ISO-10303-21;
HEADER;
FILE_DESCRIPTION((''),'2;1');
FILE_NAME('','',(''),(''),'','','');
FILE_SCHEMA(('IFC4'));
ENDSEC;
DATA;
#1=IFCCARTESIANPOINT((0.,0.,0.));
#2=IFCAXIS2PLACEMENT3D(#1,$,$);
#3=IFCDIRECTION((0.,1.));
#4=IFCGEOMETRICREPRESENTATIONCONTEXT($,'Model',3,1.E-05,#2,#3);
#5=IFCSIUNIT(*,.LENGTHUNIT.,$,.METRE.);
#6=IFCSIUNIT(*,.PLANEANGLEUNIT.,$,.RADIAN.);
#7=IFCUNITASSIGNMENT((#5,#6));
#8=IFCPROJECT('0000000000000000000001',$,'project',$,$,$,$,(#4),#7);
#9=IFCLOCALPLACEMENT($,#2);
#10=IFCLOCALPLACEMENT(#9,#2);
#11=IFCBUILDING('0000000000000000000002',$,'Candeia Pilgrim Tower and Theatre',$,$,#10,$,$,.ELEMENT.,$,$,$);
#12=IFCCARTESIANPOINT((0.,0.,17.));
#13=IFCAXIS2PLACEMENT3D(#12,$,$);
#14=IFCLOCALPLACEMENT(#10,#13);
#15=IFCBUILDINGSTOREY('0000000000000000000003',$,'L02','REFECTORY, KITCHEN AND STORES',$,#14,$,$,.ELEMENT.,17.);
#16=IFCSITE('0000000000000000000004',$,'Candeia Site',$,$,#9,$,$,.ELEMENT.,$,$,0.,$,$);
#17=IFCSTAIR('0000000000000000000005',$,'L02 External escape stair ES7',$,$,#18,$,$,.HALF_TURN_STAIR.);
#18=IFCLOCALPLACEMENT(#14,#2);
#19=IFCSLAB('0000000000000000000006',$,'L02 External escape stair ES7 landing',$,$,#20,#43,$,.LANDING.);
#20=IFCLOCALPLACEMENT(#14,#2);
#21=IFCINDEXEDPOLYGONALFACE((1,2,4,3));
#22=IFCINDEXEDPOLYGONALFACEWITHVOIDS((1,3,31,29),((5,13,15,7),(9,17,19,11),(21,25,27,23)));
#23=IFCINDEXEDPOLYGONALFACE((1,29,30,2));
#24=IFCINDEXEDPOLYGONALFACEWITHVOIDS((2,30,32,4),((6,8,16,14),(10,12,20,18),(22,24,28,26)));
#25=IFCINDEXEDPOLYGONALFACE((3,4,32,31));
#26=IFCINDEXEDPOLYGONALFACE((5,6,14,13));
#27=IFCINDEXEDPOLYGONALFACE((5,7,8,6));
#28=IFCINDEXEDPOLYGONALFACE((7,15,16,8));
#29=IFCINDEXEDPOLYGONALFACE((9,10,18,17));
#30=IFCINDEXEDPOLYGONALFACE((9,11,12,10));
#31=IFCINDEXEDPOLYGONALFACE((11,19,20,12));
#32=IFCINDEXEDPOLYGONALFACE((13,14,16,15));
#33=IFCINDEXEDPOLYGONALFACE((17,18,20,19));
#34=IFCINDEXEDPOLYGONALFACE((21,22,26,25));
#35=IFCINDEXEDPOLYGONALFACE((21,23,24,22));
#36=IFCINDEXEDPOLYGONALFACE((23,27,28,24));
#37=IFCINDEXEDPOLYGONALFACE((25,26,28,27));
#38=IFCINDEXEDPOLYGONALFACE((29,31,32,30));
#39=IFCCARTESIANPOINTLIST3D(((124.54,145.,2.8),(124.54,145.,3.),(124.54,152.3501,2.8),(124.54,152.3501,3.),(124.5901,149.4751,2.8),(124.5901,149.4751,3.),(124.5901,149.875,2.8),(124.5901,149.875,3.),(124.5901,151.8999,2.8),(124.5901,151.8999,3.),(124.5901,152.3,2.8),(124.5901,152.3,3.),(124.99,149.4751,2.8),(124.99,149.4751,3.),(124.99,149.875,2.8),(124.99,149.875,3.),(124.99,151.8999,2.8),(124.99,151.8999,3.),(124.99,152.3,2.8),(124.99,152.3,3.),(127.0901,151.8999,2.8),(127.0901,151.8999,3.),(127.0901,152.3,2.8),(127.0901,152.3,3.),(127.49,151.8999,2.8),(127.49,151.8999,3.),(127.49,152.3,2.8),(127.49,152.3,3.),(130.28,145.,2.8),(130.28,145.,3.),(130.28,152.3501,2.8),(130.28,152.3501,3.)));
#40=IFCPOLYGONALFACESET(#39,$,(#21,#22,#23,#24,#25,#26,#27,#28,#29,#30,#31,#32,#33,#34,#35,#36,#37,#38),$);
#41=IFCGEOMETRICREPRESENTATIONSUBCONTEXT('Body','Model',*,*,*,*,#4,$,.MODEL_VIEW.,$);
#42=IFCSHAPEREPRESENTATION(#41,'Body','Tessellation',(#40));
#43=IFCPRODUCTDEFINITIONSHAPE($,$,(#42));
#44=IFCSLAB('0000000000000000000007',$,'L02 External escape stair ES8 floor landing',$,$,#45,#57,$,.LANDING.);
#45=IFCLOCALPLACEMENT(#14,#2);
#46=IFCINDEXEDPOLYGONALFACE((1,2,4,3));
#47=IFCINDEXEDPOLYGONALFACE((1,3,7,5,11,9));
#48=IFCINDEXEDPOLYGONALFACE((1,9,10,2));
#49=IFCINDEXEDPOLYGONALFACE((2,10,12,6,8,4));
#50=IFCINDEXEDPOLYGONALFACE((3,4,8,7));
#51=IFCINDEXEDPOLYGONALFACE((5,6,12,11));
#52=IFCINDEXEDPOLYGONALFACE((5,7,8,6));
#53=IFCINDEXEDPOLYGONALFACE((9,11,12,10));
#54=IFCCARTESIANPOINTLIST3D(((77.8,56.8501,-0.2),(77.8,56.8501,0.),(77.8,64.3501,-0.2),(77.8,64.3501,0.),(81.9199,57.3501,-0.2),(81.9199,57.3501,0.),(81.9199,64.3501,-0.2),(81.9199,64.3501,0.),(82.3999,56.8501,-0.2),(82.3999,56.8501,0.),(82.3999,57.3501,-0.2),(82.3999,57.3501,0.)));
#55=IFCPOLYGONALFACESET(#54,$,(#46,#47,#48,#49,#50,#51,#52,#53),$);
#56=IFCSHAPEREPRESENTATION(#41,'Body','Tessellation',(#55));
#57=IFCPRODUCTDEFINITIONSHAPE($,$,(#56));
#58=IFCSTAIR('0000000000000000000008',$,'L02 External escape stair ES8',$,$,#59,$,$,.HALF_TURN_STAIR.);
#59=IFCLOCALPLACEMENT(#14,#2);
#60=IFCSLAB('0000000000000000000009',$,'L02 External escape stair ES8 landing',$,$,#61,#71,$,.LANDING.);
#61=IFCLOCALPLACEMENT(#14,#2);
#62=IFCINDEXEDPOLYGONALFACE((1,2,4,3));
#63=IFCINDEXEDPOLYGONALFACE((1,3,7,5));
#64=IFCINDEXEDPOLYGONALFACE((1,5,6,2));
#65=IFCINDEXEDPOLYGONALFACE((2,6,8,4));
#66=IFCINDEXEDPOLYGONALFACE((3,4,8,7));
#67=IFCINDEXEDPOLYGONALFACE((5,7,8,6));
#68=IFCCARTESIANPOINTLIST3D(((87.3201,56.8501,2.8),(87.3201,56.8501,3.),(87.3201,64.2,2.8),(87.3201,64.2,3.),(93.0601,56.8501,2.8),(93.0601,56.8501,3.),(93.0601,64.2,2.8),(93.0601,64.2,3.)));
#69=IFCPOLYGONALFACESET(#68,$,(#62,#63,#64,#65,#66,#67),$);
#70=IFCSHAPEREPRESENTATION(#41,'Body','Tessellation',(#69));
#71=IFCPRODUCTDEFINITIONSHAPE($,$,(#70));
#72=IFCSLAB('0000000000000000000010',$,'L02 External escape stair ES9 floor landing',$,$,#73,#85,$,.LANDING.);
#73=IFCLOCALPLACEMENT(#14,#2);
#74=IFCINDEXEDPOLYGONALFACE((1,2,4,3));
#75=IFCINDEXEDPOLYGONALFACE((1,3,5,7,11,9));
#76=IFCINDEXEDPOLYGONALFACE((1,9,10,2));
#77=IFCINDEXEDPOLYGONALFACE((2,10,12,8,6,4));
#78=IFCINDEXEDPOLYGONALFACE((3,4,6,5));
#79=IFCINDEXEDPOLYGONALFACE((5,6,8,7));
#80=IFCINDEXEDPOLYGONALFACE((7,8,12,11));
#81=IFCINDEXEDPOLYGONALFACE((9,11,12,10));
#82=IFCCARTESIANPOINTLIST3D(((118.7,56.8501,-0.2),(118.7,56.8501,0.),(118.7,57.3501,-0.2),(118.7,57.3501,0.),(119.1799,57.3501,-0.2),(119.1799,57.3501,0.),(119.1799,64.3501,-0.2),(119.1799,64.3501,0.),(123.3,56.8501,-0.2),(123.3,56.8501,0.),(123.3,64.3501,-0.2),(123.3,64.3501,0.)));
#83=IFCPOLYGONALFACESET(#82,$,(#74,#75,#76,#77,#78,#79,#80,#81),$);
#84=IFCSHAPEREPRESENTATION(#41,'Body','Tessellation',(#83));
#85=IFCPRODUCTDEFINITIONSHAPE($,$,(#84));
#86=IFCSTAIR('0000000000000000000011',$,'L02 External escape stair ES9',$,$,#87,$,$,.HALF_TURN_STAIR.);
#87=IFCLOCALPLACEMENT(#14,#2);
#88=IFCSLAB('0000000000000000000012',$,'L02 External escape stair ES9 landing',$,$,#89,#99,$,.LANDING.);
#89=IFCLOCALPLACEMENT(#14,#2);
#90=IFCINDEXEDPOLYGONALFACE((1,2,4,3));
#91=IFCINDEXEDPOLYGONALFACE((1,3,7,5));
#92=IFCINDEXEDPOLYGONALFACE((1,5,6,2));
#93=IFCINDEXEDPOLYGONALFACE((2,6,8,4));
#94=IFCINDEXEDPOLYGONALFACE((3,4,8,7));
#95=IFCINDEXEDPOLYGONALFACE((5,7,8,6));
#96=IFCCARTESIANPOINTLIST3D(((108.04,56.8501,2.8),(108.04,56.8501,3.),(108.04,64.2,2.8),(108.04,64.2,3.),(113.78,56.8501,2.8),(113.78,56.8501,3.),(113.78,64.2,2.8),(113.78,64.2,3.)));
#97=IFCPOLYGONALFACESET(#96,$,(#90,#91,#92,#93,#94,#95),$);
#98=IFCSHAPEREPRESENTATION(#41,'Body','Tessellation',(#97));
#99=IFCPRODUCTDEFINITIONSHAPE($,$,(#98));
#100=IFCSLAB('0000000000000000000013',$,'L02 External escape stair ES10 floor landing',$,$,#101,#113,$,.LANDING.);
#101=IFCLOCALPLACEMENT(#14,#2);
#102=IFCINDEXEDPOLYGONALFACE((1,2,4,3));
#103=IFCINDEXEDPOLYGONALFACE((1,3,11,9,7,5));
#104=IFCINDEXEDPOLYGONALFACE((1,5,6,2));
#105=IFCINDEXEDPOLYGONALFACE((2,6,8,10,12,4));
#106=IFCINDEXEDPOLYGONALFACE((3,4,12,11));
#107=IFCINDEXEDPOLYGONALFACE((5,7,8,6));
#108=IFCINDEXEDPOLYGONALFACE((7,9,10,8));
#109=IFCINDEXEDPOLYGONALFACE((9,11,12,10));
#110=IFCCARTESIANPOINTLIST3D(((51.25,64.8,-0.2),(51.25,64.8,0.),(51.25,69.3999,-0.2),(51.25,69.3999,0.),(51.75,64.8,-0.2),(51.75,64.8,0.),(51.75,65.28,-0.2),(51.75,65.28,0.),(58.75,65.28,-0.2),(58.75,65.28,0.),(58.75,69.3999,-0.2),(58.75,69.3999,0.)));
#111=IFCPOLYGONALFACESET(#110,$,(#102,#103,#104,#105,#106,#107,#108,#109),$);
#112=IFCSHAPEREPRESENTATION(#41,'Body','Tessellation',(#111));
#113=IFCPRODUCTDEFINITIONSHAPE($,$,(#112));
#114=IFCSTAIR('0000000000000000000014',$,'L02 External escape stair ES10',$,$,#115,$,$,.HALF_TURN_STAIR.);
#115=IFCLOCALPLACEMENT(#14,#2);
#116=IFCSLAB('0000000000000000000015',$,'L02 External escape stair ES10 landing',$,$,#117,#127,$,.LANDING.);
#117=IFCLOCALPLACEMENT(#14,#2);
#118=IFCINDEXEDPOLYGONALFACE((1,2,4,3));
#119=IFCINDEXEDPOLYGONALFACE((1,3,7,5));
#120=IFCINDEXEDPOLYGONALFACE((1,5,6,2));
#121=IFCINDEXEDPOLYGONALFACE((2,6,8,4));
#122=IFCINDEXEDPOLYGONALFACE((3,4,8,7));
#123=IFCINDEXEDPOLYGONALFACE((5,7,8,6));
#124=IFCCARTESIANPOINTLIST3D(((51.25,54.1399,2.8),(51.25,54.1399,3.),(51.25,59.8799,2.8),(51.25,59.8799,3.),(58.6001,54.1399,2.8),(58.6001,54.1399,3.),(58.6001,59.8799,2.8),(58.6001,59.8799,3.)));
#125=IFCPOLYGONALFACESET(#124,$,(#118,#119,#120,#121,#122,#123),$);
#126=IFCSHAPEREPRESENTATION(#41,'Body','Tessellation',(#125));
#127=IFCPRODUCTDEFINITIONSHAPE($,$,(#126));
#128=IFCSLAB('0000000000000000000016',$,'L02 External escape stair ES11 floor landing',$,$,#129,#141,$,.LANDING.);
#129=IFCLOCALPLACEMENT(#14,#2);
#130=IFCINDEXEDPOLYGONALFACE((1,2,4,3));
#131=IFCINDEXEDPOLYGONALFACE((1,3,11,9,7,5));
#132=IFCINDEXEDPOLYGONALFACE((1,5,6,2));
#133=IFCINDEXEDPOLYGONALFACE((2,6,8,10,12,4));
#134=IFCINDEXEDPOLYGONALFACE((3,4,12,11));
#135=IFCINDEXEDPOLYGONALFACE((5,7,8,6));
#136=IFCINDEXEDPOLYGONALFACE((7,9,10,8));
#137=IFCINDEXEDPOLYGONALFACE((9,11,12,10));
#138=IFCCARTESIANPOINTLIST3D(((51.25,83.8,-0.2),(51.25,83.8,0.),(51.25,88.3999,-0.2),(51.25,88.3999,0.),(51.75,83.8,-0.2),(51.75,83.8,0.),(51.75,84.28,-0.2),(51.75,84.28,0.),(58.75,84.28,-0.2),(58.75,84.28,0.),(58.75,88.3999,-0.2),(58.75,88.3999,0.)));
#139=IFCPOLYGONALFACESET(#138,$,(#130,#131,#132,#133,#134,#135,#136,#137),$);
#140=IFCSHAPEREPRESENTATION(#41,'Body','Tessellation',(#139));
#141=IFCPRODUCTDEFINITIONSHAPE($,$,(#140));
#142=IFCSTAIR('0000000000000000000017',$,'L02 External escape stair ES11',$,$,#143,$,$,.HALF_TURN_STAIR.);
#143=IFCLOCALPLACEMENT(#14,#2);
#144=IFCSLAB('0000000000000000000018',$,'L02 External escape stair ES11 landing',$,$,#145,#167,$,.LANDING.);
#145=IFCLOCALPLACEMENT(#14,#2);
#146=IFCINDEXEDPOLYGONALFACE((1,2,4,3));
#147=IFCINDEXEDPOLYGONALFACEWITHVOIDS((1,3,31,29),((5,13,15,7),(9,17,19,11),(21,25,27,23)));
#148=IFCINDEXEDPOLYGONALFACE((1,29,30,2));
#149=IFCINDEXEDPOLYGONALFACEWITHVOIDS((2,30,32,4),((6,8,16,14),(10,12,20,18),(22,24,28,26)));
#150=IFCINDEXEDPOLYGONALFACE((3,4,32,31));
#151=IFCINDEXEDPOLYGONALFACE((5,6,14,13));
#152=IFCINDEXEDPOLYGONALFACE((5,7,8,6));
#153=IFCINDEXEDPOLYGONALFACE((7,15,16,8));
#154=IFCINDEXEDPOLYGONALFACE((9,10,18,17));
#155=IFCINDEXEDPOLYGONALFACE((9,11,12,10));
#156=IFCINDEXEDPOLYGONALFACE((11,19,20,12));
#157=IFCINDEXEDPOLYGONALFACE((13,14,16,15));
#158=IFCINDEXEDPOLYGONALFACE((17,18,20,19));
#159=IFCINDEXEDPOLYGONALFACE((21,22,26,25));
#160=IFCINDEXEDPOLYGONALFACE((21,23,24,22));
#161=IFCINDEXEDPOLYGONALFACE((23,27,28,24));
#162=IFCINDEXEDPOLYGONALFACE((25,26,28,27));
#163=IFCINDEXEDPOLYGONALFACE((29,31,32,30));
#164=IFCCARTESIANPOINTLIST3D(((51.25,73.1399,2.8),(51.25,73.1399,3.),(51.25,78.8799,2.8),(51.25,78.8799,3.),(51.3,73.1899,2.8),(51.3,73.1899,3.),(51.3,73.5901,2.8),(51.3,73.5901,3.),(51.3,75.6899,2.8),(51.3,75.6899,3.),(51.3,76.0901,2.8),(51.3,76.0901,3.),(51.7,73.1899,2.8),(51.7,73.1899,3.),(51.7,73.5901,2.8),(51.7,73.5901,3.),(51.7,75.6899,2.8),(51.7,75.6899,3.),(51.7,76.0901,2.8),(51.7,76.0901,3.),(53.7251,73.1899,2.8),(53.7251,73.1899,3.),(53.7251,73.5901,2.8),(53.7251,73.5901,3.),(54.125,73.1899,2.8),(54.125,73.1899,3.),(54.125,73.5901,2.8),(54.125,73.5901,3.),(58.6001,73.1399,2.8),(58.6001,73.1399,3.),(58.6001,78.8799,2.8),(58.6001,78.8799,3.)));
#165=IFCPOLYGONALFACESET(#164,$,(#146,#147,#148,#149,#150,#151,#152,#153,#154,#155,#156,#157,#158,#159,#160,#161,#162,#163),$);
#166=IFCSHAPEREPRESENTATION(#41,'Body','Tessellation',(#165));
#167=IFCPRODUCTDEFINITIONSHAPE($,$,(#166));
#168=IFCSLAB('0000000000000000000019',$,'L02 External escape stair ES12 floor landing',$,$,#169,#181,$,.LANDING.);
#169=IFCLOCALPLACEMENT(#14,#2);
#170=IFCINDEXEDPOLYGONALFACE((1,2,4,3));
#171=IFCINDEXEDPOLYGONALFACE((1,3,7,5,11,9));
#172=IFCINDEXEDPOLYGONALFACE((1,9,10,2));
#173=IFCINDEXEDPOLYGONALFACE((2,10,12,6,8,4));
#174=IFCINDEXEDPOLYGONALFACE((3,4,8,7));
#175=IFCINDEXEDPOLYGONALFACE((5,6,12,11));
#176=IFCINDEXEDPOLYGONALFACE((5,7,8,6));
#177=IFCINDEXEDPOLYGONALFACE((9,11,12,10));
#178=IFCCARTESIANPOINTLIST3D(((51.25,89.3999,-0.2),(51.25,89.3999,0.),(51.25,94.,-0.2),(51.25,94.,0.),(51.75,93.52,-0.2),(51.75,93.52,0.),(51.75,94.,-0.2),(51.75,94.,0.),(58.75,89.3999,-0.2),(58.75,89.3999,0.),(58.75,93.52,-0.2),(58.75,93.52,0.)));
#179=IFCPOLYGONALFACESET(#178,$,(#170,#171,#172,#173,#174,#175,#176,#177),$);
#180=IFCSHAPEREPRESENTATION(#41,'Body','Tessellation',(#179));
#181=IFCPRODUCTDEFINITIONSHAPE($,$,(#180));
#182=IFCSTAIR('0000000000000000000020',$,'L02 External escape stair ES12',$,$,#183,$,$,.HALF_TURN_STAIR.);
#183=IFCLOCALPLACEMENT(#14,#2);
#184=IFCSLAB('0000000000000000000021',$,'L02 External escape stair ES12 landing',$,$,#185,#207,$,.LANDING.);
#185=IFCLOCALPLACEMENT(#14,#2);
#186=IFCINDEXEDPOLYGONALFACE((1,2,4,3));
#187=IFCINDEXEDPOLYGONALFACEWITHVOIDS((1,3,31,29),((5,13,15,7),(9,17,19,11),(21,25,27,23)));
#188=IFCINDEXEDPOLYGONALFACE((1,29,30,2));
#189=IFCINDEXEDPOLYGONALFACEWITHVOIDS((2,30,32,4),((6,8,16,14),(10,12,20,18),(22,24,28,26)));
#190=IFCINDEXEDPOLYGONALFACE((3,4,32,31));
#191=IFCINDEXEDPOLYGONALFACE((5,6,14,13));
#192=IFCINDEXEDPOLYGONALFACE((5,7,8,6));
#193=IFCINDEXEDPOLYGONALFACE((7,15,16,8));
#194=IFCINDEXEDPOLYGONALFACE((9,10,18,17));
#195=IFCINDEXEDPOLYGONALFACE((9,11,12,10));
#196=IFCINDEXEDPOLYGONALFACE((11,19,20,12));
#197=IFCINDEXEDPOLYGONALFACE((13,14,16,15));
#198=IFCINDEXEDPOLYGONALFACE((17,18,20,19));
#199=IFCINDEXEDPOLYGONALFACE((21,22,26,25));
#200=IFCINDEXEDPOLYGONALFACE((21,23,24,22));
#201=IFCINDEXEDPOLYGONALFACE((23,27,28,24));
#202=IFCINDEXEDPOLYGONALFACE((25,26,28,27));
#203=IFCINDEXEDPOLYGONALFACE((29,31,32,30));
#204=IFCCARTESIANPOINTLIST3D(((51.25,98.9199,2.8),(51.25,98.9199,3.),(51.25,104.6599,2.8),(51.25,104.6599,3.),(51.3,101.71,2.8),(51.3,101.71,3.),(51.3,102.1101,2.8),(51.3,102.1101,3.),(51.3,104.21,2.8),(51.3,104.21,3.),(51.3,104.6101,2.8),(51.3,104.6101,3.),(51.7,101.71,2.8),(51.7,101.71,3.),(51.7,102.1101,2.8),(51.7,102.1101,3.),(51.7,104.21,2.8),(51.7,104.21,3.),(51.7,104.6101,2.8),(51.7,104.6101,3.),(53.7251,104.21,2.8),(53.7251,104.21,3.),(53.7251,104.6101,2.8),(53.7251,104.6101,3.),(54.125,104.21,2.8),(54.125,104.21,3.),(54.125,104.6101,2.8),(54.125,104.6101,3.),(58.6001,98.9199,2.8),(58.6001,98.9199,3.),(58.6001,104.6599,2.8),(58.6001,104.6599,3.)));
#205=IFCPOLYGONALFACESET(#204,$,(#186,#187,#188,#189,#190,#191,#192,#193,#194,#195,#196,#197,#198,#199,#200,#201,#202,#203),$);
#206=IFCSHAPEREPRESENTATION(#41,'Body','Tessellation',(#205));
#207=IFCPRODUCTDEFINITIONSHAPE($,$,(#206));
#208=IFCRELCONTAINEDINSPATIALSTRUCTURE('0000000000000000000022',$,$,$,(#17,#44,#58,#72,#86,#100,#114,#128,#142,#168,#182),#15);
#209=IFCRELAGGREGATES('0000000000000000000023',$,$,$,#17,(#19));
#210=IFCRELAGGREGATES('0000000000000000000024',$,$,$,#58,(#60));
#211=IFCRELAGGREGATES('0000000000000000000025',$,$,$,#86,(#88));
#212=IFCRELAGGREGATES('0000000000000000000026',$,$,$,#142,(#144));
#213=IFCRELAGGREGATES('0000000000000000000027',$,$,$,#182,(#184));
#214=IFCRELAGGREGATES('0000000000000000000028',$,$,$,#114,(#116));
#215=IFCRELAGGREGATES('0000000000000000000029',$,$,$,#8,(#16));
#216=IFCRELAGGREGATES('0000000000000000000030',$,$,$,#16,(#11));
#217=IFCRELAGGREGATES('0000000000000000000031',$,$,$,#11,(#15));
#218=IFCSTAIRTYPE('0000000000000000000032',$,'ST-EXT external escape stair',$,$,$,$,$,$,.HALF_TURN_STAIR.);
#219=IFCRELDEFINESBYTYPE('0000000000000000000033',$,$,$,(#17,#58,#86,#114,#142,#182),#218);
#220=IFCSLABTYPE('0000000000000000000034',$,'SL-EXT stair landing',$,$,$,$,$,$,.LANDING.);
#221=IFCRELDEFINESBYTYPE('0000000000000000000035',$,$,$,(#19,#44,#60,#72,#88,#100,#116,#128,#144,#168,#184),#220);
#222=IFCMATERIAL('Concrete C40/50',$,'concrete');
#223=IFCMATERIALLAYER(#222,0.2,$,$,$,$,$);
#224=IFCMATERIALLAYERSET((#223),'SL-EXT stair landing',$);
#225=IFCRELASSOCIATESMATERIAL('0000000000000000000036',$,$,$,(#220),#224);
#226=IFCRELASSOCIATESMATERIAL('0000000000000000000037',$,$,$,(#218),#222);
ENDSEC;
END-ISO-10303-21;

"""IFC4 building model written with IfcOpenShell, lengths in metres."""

from ifc_helpers import new_model, si_unit, direction, frame, origin, place, context, subcontext, project, spatial, polyline, outline, extrude, material, layer, layer_set, type_object, element, aggregate, save


model = new_model("IFC4")

# Units and contexts
model_context = context("Model", 3, precision=1e-05, world=origin(), true_north=direction((0.0, 1.0)))
body_context = subcontext(model_context, "Body", "Model", "MODEL_VIEW")
ifc_project = project(units=[si_unit("LENGTHUNIT", "METRE"), si_unit("PLANEANGLEUNIT", "RADIAN")], contexts=[model_context])

# Site, building, storey
site_placement = place(None, origin())
site = spatial("IfcSite", under=ifc_project, at=site_placement, Name="Candeia Site", CompositionType="ELEMENT", RefElevation=0.0)
building_placement = place(site_placement, origin())
building = spatial("IfcBuilding", under=site, at=building_placement, Name="Candeia Pilgrim Tower and Theatre", CompositionType="ELEMENT")
storey_placement = place(building_placement, frame((0.0, 0.0, 17.0)))
storey = spatial("IfcBuildingStorey", under=building, at=storey_placement, Name="L02", Description="REFECTORY, KITCHEN AND STORES", CompositionType="ELEMENT", Elevation=17.0)

# Shared definitions
ifc_material_1 = material(Name="Concrete C40/50", Category="concrete")

# Shared definitions
ifc_layer = layer(ifc_material_1, 0.2)
ifc_layer_set = layer_set([ifc_layer], Name="SL-EXT stair landing")
slab_type = type_object("IfcSlabType", Name="SL-EXT stair landing", PredefinedType="LANDING", material=ifc_layer_set)

# Shared definitions
stair_type = type_object("IfcStairType", Name="ST-EXT external escape stair", PredefinedType="HALF_TURN_STAIR", material=ifc_material_1)

# Stair, slab
stair_1_placement = place(storey_placement, origin())
stair_1 = element("IfcStair", 1, at=stair_1_placement, inside=storey, type_object=stair_type, Name="L02 External escape stair ES7", PredefinedType="HALF_TURN_STAIR")
slab_1_placement = place(storey_placement, frame((0.0, 0.0, 2.8)))
slab_1 = element("IfcSlab", 2, at=slab_1_placement, type_object=slab_type, Name="L02 External escape stair ES7 landing", PredefinedType="LANDING", context=body_context, shape_type="SweptSolid", body=[
    extrude(outline(polyline([(130.28, 145.0), (124.54, 145.0), (124.54, 152.3501), (130.28, 152.3501), (130.28, 145.0)]), holes=[polyline([(127.0901, 151.8999), (127.49, 151.8999), (127.49, 152.3), (127.0901, 152.3), (127.0901, 151.8999)]), polyline([(124.5901, 151.8999), (124.99, 151.8999), (124.99, 152.3), (124.5901, 152.3), (124.5901, 151.8999)]), polyline([(124.5901, 149.4751), (124.99, 149.4751), (124.99, 149.875), (124.5901, 149.875), (124.5901, 149.4751)])]), origin(), (0.0, 0.0, 1.0), 0.2),
])
aggregate(stair_1, [slab_1])

# Slab
slab_2_placement = place(storey_placement, frame((0.0, 0.0, -0.2)))
element("IfcSlab", 3, at=slab_2_placement, inside=storey, type_object=slab_type, Name="L02 External escape stair ES8 floor landing", PredefinedType="LANDING", context=body_context, shape_type="SweptSolid", body=[
    extrude(outline(polyline([(77.8, 64.3501), (81.9199, 64.3501), (81.9199, 57.3501), (82.3999, 57.3501), (82.3999, 56.8501), (77.8, 56.8501), (77.8, 64.3501)])), origin(), (0.0, 0.0, 1.0), 0.2),
])

# Stair, slab
stair_2_placement = place(storey_placement, origin())
stair_2 = element("IfcStair", 4, at=stair_2_placement, inside=storey, type_object=stair_type, Name="L02 External escape stair ES8", PredefinedType="HALF_TURN_STAIR")
slab_3_placement = place(storey_placement, frame((0.0, 0.0, 2.8)))
slab_3 = element("IfcSlab", 5, at=slab_3_placement, type_object=slab_type, Name="L02 External escape stair ES8 landing", PredefinedType="LANDING", context=body_context, shape_type="SweptSolid", body=[
    extrude(outline(polyline([(87.3201, 64.2), (93.0601, 64.2), (93.0601, 56.8501), (87.3201, 56.8501), (87.3201, 64.2)])), origin(), (0.0, 0.0, 1.0), 0.2),
])
aggregate(stair_2, [slab_3])

# Slab
slab_4_placement = place(storey_placement, frame((0.0, 0.0, -0.2)))
element("IfcSlab", 6, at=slab_4_placement, inside=storey, type_object=slab_type, Name="L02 External escape stair ES9 floor landing", PredefinedType="LANDING", context=body_context, shape_type="SweptSolid", body=[
    extrude(outline(polyline([(123.3, 64.3501), (119.1799, 64.3501), (119.1799, 57.3501), (118.7, 57.3501), (118.7, 56.8501), (123.3, 56.8501), (123.3, 64.3501)])), origin(), (0.0, 0.0, 1.0), 0.2),
])

# Stair, slab
stair_3_placement = place(storey_placement, origin())
stair_3 = element("IfcStair", 7, at=stair_3_placement, inside=storey, type_object=stair_type, Name="L02 External escape stair ES9", PredefinedType="HALF_TURN_STAIR")
slab_5_placement = place(storey_placement, frame((0.0, 0.0, 2.8)))
slab_5 = element("IfcSlab", 8, at=slab_5_placement, type_object=slab_type, Name="L02 External escape stair ES9 landing", PredefinedType="LANDING", context=body_context, shape_type="SweptSolid", body=[
    extrude(outline(polyline([(113.78, 64.2), (108.04, 64.2), (108.04, 56.8501), (113.78, 56.8501), (113.78, 64.2)])), origin(), (0.0, 0.0, 1.0), 0.2),
])
aggregate(stair_3, [slab_5])

# Slab
slab_6_placement = place(storey_placement, frame((0.0, 0.0, -0.2)))
element("IfcSlab", 9, at=slab_6_placement, inside=storey, type_object=slab_type, Name="L02 External escape stair ES10 floor landing", PredefinedType="LANDING", context=body_context, shape_type="SweptSolid", body=[
    extrude(outline(polyline([(58.75, 69.3999), (58.75, 65.28), (51.75, 65.28), (51.75, 64.8), (51.25, 64.8), (51.25, 69.3999), (58.75, 69.3999)])), origin(), (0.0, 0.0, 1.0), 0.2),
])

# Stair, slab
stair_4_placement = place(storey_placement, origin())
stair_4 = element("IfcStair", 10, at=stair_4_placement, inside=storey, type_object=stair_type, Name="L02 External escape stair ES10", PredefinedType="HALF_TURN_STAIR")
slab_7_placement = place(storey_placement, frame((0.0, 0.0, 2.8)))
slab_7 = element("IfcSlab", 11, at=slab_7_placement, type_object=slab_type, Name="L02 External escape stair ES10 landing", PredefinedType="LANDING", context=body_context, shape_type="SweptSolid", body=[
    extrude(outline(polyline([(58.6001, 59.8799), (58.6001, 54.1399), (51.25, 54.1399), (51.25, 59.8799), (58.6001, 59.8799)])), origin(), (0.0, 0.0, 1.0), 0.2),
])

# Slab
slab_8_placement = place(storey_placement, frame((0.0, 0.0, -0.2)))
element("IfcSlab", 12, at=slab_8_placement, inside=storey, type_object=slab_type, Name="L02 External escape stair ES11 floor landing", PredefinedType="LANDING", context=body_context, shape_type="SweptSolid", body=[
    extrude(outline(polyline([(58.75, 88.3999), (58.75, 84.28), (51.75, 84.28), (51.75, 83.8), (51.25, 83.8), (51.25, 88.3999), (58.75, 88.3999)])), origin(), (0.0, 0.0, 1.0), 0.2),
])

# Stair, slab
stair_5_placement = place(storey_placement, origin())
stair_5 = element("IfcStair", 13, at=stair_5_placement, inside=storey, type_object=stair_type, Name="L02 External escape stair ES11", PredefinedType="HALF_TURN_STAIR")
slab_9_placement = place(storey_placement, frame((0.0, 0.0, 2.8)))
slab_9 = element("IfcSlab", 14, at=slab_9_placement, type_object=slab_type, Name="L02 External escape stair ES11 landing", PredefinedType="LANDING", context=body_context, shape_type="SweptSolid", body=[
    extrude(outline(polyline([(58.6001, 78.8799), (58.6001, 73.1399), (51.25, 73.1399), (51.25, 78.8799), (58.6001, 78.8799)]), holes=[polyline([(51.3, 75.6899), (51.7, 75.6899), (51.7, 76.0901), (51.3, 76.0901), (51.3, 75.6899)]), polyline([(51.3, 73.1899), (51.7, 73.1899), (51.7, 73.5901), (51.3, 73.5901), (51.3, 73.1899)]), polyline([(53.7251, 73.1899), (54.125, 73.1899), (54.125, 73.5901), (53.7251, 73.5901), (53.7251, 73.1899)])]), origin(), (0.0, 0.0, 1.0), 0.2),
])
aggregate(stair_5, [slab_9])

# Slab
slab_10_placement = place(storey_placement, frame((0.0, 0.0, -0.2)))
element("IfcSlab", 15, at=slab_10_placement, inside=storey, type_object=slab_type, Name="L02 External escape stair ES12 floor landing", PredefinedType="LANDING", context=body_context, shape_type="SweptSolid", body=[
    extrude(outline(polyline([(58.75, 89.3999), (58.75, 93.52), (51.75, 93.52), (51.75, 94.0), (51.25, 94.0), (51.25, 89.3999), (58.75, 89.3999)])), origin(), (0.0, 0.0, 1.0), 0.2),
])

# Stair, slab
stair_6_placement = place(storey_placement, origin())
stair_6 = element("IfcStair", 16, at=stair_6_placement, inside=storey, type_object=stair_type, Name="L02 External escape stair ES12", PredefinedType="HALF_TURN_STAIR")
slab_11_placement = place(storey_placement, frame((0.0, 0.0, 2.8)))
slab_11 = element("IfcSlab", 17, at=slab_11_placement, type_object=slab_type, Name="L02 External escape stair ES12 landing", PredefinedType="LANDING", context=body_context, shape_type="SweptSolid", body=[
    extrude(outline(polyline([(58.6001, 98.9199), (58.6001, 104.6599), (51.25, 104.6599), (51.25, 98.9199), (58.6001, 98.9199)]), holes=[polyline([(51.3, 101.71), (51.7, 101.71), (51.7, 102.1101), (51.3, 102.1101), (51.3, 101.71)]), polyline([(51.3, 104.21), (51.7, 104.21), (51.7, 104.6101), (51.3, 104.6101), (51.3, 104.21)]), polyline([(53.7251, 104.21), (54.125, 104.21), (54.125, 104.6101), (53.7251, 104.6101), (53.7251, 104.21)])]), origin(), (0.0, 0.0, 1.0), 0.2),
])
aggregate(stair_6, [slab_11])

aggregate(stair_4, [slab_7])

save(model, "model.ifc")
